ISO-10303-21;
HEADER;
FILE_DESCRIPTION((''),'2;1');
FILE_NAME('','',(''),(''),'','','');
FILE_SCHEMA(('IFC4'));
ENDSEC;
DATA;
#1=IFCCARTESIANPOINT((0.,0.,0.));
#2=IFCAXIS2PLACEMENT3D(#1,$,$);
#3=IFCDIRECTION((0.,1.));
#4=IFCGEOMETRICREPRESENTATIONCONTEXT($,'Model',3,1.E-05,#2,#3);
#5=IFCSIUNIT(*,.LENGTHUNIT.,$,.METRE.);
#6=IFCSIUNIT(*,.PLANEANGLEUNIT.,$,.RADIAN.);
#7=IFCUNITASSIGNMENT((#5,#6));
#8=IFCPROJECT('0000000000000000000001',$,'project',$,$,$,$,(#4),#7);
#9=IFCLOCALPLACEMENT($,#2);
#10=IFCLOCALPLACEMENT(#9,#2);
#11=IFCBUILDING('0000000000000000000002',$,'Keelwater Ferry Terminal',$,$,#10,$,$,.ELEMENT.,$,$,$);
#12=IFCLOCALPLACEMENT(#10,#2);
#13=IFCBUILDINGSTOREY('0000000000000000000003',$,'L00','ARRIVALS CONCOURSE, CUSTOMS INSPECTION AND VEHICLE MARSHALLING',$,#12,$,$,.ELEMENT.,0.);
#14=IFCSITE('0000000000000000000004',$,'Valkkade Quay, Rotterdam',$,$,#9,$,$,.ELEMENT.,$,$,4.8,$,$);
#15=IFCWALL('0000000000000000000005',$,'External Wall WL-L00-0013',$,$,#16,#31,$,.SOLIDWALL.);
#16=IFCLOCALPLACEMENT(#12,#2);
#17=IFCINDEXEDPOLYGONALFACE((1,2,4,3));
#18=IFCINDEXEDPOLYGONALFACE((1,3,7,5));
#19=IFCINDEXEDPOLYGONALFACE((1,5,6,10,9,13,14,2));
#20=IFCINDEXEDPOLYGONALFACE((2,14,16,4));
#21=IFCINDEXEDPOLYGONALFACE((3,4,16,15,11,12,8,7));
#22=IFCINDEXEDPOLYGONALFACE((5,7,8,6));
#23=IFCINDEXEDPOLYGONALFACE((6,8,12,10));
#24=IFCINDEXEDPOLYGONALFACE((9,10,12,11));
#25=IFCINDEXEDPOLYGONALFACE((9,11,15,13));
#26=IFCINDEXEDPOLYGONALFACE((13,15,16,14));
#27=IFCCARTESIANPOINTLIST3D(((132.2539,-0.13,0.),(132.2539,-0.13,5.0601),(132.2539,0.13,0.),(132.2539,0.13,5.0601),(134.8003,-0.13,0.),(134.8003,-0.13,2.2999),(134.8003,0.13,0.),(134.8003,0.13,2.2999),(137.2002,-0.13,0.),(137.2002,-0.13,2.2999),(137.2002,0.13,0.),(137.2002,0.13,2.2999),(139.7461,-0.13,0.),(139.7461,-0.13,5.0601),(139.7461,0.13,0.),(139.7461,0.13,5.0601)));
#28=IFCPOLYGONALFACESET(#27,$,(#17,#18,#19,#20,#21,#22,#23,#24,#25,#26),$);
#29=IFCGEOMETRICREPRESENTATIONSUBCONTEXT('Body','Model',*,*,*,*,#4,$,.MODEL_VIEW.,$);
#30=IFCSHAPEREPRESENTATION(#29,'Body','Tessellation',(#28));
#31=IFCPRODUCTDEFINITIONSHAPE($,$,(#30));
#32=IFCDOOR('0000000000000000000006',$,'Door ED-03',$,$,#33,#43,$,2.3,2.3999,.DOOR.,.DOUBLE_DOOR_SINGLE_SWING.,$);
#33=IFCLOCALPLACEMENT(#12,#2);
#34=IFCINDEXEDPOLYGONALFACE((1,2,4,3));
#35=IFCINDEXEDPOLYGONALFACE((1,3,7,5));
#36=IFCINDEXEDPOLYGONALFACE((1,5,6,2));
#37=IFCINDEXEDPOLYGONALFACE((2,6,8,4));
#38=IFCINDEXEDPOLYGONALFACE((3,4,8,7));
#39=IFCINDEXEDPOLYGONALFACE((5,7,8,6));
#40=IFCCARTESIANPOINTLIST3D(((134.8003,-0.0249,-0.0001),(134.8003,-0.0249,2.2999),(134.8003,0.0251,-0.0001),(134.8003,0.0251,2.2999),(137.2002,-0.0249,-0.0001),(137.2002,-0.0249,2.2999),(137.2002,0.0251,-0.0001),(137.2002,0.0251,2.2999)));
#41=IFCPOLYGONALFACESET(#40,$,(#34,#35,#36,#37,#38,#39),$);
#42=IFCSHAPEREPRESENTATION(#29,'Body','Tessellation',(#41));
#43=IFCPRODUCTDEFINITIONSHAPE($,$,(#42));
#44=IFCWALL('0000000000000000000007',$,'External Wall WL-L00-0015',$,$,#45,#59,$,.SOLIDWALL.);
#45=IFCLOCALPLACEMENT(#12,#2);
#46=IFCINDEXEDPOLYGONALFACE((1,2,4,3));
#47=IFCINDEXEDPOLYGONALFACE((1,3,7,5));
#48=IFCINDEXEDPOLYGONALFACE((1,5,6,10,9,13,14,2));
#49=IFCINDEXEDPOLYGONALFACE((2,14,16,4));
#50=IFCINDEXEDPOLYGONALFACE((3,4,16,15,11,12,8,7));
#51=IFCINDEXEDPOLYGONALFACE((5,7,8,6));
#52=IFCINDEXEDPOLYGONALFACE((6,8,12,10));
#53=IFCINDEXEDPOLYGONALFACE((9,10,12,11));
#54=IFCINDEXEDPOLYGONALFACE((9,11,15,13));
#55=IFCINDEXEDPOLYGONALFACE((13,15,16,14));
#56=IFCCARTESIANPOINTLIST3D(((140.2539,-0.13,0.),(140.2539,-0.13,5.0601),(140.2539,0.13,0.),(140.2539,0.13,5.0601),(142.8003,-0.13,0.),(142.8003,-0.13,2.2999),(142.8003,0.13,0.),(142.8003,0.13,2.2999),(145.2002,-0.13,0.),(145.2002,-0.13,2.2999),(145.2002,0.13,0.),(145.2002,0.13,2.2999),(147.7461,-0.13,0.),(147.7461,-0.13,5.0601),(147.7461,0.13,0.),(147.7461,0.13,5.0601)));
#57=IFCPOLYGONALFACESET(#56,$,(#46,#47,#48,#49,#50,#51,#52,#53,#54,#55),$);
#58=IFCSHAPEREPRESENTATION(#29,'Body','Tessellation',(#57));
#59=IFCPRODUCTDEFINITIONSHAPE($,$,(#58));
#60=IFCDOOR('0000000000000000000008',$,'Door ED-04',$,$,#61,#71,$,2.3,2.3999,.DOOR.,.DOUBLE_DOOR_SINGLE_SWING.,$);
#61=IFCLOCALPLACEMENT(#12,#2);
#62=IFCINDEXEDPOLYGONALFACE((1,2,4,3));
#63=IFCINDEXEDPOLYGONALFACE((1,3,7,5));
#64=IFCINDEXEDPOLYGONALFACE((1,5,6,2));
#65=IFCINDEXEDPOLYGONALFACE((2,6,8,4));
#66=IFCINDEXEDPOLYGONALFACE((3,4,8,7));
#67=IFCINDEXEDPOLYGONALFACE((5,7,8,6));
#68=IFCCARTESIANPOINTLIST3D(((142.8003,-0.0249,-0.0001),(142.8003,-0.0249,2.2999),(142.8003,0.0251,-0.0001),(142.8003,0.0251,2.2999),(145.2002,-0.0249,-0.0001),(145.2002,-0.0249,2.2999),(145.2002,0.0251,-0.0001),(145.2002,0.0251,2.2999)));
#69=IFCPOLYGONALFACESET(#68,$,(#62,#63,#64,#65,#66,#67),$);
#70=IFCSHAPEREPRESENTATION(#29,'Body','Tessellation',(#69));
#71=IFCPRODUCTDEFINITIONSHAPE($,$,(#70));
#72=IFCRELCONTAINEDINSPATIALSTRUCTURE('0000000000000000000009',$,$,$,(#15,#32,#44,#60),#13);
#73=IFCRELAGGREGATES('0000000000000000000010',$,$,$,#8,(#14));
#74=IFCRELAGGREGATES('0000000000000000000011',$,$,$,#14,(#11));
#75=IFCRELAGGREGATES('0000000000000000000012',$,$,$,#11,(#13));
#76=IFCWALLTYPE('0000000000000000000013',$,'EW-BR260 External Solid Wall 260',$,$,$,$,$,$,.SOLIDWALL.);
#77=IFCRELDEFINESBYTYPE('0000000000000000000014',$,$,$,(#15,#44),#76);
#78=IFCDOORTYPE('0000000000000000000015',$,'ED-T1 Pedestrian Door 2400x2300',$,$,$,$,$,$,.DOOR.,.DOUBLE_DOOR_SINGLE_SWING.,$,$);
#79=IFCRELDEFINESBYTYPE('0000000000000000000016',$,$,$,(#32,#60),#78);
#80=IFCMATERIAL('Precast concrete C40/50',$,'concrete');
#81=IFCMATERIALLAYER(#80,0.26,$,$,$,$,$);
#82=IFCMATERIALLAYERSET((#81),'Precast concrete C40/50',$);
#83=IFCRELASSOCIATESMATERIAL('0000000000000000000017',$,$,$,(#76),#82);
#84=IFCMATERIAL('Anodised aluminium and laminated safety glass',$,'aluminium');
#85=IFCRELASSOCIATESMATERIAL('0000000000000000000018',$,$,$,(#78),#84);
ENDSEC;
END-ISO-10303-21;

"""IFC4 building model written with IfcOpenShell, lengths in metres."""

from ifc_helpers import new_model, si_unit, direction, frame, frame_2d, origin, place, context, subcontext, project, spatial, rectangle, extrude, material, layer, layer_set, type_object, element, fill, save


model = new_model("IFC4")

# Units and contexts
model_context = context("Model", 3, precision=1e-05, world=origin(), true_north=direction((0.0, 1.0)))
body_context = subcontext(model_context, "Body", "Model", "MODEL_VIEW")
ifc_project = project(units=[si_unit("LENGTHUNIT", "METRE"), si_unit("PLANEANGLEUNIT", "RADIAN")], contexts=[model_context])

# Site, building, storey
site_placement = place(None, origin())
site = spatial("IfcSite", under=ifc_project, at=site_placement, Name="Valkkade Quay, Rotterdam", CompositionType="ELEMENT", RefElevation=4.8)
building_placement = place(site_placement, origin())
building = spatial("IfcBuilding", under=site, at=building_placement, Name="Keelwater Ferry Terminal", CompositionType="ELEMENT")
storey_placement = place(building_placement, origin())
storey = spatial("IfcBuildingStorey", under=building, at=storey_placement, Name="L00", Description="ARRIVALS CONCOURSE, CUSTOMS INSPECTION AND VEHICLE MARSHALLING", CompositionType="ELEMENT", Elevation=0.0)

# Walls, openings, doors
ifc_material_1 = material(Name="Precast concrete C40/50", Category="concrete")
ifc_layer_1 = layer(ifc_material_1, 0.26)
ifc_layer_set_1 = layer_set([ifc_layer_1], Name="Precast concrete C40/50")
wall_type = type_object("IfcWallType", Name="EW-BR260 External Solid Wall 260", PredefinedType="SOLIDWALL", material=ifc_layer_set_1)
wall_1_placement = place(storey_placement, frame((139.7461, 0.0, 0.0), z_axis=(0.0, 0.0, 1.0), x_axis=(-1.0, 0.0, 0.0)))
wall_1 = element("IfcWall", 1, at=wall_1_placement, inside=storey, type_object=wall_type, Name="External Wall WL-L00-0013", PredefinedType="SOLIDWALL", context=body_context, shape_type="SweptSolid", body=[
    extrude(rectangle(XDim=7.4922, YDim=0.26, at=frame_2d((3.7461, 0.0))), origin(), (0.0, 0.0, 1.0), 5.0601),
])
opening_1_placement = place(wall_1_placement, frame((2.5459, 0.0, 0.0)))
opening_1 = element("IfcOpeningElement", 2, at=opening_1_placement, cuts=wall_1, PredefinedType="OPENING", context=body_context, shape_type="SweptSolid", body=[
    extrude(rectangle(XDim=2.3999, YDim=2.3, at=frame_2d((1.2, 1.1499))), frame((0.0, 0.1399, 0.0), z_axis=(0.0, -1.0, 0.0), x_axis=(1.0, 0.0, 0.0)), (0.0, 0.0, 1.0), 0.28),
])
ifc_material_2 = material(Name="Anodised aluminium and laminated safety glass", Category="aluminium")
door_type = type_object("IfcDoorType", Name="ED-T1 Pedestrian Door 2400x2300", OperationType="DOUBLE_DOOR_SINGLE_SWING", PredefinedType="DOOR", material=ifc_material_2)
door_1_placement = place(opening_1_placement, origin())
door_1 = element("IfcDoor", 3, at=door_1_placement, inside=storey, type_object=door_type, Name="Door ED-03", OperationType="DOUBLE_DOOR_SINGLE_SWING", OverallHeight=2.3, OverallWidth=2.3999, PredefinedType="DOOR", context=body_context, shape_type="SweptSolid", body=[
    extrude(rectangle(XDim=2.3999, YDim=2.3, at=frame_2d((1.2, 1.1499))), frame((0.0, 0.0249, 0.0), z_axis=(0.0, -1.0, 0.0), x_axis=(1.0, 0.0, 0.0)), (0.0, 0.0, 1.0), 0.05),
])
fill(opening_1, door_1)
wall_2_placement = place(storey_placement, frame((147.7461, 0.0, 0.0), z_axis=(0.0, 0.0, 1.0), x_axis=(-1.0, 0.0, 0.0)))
wall_2 = element("IfcWall", 4, at=wall_2_placement, inside=storey, type_object=wall_type, Name="External Wall WL-L00-0015", PredefinedType="SOLIDWALL", context=body_context, shape_type="SweptSolid", body=[
    extrude(rectangle(XDim=7.4922, YDim=0.26, at=frame_2d((3.7461, 0.0))), origin(), (0.0, 0.0, 1.0), 5.0601),
])
opening_2_placement = place(wall_2_placement, frame((2.5459, 0.0, 0.0)))
opening_2 = element("IfcOpeningElement", 5, at=opening_2_placement, cuts=wall_2, PredefinedType="OPENING", context=body_context, shape_type="SweptSolid", body=[
    extrude(rectangle(XDim=2.3999, YDim=2.3, at=frame_2d((1.2, 1.1499))), frame((0.0, 0.1399, 0.0), z_axis=(0.0, -1.0, 0.0), x_axis=(1.0, 0.0, 0.0)), (0.0, 0.0, 1.0), 0.28),
])
door_2_placement = place(opening_2_placement, origin())
door_2 = element("IfcDoor", 6, at=door_2_placement, inside=storey, type_object=door_type, Name="Door ED-04", OperationType="DOUBLE_DOOR_SINGLE_SWING", OverallHeight=2.3, OverallWidth=2.3999, PredefinedType="DOOR", context=body_context, shape_type="SweptSolid", body=[
    extrude(rectangle(XDim=2.3999, YDim=2.3, at=frame_2d((1.2, 1.1499))), frame((0.0, 0.0249, 0.0), z_axis=(0.0, -1.0, 0.0), x_axis=(1.0, 0.0, 0.0)), (0.0, 0.0, 1.0), 0.05),
])
fill(opening_2, door_2)

save(model, "model.ifc")
